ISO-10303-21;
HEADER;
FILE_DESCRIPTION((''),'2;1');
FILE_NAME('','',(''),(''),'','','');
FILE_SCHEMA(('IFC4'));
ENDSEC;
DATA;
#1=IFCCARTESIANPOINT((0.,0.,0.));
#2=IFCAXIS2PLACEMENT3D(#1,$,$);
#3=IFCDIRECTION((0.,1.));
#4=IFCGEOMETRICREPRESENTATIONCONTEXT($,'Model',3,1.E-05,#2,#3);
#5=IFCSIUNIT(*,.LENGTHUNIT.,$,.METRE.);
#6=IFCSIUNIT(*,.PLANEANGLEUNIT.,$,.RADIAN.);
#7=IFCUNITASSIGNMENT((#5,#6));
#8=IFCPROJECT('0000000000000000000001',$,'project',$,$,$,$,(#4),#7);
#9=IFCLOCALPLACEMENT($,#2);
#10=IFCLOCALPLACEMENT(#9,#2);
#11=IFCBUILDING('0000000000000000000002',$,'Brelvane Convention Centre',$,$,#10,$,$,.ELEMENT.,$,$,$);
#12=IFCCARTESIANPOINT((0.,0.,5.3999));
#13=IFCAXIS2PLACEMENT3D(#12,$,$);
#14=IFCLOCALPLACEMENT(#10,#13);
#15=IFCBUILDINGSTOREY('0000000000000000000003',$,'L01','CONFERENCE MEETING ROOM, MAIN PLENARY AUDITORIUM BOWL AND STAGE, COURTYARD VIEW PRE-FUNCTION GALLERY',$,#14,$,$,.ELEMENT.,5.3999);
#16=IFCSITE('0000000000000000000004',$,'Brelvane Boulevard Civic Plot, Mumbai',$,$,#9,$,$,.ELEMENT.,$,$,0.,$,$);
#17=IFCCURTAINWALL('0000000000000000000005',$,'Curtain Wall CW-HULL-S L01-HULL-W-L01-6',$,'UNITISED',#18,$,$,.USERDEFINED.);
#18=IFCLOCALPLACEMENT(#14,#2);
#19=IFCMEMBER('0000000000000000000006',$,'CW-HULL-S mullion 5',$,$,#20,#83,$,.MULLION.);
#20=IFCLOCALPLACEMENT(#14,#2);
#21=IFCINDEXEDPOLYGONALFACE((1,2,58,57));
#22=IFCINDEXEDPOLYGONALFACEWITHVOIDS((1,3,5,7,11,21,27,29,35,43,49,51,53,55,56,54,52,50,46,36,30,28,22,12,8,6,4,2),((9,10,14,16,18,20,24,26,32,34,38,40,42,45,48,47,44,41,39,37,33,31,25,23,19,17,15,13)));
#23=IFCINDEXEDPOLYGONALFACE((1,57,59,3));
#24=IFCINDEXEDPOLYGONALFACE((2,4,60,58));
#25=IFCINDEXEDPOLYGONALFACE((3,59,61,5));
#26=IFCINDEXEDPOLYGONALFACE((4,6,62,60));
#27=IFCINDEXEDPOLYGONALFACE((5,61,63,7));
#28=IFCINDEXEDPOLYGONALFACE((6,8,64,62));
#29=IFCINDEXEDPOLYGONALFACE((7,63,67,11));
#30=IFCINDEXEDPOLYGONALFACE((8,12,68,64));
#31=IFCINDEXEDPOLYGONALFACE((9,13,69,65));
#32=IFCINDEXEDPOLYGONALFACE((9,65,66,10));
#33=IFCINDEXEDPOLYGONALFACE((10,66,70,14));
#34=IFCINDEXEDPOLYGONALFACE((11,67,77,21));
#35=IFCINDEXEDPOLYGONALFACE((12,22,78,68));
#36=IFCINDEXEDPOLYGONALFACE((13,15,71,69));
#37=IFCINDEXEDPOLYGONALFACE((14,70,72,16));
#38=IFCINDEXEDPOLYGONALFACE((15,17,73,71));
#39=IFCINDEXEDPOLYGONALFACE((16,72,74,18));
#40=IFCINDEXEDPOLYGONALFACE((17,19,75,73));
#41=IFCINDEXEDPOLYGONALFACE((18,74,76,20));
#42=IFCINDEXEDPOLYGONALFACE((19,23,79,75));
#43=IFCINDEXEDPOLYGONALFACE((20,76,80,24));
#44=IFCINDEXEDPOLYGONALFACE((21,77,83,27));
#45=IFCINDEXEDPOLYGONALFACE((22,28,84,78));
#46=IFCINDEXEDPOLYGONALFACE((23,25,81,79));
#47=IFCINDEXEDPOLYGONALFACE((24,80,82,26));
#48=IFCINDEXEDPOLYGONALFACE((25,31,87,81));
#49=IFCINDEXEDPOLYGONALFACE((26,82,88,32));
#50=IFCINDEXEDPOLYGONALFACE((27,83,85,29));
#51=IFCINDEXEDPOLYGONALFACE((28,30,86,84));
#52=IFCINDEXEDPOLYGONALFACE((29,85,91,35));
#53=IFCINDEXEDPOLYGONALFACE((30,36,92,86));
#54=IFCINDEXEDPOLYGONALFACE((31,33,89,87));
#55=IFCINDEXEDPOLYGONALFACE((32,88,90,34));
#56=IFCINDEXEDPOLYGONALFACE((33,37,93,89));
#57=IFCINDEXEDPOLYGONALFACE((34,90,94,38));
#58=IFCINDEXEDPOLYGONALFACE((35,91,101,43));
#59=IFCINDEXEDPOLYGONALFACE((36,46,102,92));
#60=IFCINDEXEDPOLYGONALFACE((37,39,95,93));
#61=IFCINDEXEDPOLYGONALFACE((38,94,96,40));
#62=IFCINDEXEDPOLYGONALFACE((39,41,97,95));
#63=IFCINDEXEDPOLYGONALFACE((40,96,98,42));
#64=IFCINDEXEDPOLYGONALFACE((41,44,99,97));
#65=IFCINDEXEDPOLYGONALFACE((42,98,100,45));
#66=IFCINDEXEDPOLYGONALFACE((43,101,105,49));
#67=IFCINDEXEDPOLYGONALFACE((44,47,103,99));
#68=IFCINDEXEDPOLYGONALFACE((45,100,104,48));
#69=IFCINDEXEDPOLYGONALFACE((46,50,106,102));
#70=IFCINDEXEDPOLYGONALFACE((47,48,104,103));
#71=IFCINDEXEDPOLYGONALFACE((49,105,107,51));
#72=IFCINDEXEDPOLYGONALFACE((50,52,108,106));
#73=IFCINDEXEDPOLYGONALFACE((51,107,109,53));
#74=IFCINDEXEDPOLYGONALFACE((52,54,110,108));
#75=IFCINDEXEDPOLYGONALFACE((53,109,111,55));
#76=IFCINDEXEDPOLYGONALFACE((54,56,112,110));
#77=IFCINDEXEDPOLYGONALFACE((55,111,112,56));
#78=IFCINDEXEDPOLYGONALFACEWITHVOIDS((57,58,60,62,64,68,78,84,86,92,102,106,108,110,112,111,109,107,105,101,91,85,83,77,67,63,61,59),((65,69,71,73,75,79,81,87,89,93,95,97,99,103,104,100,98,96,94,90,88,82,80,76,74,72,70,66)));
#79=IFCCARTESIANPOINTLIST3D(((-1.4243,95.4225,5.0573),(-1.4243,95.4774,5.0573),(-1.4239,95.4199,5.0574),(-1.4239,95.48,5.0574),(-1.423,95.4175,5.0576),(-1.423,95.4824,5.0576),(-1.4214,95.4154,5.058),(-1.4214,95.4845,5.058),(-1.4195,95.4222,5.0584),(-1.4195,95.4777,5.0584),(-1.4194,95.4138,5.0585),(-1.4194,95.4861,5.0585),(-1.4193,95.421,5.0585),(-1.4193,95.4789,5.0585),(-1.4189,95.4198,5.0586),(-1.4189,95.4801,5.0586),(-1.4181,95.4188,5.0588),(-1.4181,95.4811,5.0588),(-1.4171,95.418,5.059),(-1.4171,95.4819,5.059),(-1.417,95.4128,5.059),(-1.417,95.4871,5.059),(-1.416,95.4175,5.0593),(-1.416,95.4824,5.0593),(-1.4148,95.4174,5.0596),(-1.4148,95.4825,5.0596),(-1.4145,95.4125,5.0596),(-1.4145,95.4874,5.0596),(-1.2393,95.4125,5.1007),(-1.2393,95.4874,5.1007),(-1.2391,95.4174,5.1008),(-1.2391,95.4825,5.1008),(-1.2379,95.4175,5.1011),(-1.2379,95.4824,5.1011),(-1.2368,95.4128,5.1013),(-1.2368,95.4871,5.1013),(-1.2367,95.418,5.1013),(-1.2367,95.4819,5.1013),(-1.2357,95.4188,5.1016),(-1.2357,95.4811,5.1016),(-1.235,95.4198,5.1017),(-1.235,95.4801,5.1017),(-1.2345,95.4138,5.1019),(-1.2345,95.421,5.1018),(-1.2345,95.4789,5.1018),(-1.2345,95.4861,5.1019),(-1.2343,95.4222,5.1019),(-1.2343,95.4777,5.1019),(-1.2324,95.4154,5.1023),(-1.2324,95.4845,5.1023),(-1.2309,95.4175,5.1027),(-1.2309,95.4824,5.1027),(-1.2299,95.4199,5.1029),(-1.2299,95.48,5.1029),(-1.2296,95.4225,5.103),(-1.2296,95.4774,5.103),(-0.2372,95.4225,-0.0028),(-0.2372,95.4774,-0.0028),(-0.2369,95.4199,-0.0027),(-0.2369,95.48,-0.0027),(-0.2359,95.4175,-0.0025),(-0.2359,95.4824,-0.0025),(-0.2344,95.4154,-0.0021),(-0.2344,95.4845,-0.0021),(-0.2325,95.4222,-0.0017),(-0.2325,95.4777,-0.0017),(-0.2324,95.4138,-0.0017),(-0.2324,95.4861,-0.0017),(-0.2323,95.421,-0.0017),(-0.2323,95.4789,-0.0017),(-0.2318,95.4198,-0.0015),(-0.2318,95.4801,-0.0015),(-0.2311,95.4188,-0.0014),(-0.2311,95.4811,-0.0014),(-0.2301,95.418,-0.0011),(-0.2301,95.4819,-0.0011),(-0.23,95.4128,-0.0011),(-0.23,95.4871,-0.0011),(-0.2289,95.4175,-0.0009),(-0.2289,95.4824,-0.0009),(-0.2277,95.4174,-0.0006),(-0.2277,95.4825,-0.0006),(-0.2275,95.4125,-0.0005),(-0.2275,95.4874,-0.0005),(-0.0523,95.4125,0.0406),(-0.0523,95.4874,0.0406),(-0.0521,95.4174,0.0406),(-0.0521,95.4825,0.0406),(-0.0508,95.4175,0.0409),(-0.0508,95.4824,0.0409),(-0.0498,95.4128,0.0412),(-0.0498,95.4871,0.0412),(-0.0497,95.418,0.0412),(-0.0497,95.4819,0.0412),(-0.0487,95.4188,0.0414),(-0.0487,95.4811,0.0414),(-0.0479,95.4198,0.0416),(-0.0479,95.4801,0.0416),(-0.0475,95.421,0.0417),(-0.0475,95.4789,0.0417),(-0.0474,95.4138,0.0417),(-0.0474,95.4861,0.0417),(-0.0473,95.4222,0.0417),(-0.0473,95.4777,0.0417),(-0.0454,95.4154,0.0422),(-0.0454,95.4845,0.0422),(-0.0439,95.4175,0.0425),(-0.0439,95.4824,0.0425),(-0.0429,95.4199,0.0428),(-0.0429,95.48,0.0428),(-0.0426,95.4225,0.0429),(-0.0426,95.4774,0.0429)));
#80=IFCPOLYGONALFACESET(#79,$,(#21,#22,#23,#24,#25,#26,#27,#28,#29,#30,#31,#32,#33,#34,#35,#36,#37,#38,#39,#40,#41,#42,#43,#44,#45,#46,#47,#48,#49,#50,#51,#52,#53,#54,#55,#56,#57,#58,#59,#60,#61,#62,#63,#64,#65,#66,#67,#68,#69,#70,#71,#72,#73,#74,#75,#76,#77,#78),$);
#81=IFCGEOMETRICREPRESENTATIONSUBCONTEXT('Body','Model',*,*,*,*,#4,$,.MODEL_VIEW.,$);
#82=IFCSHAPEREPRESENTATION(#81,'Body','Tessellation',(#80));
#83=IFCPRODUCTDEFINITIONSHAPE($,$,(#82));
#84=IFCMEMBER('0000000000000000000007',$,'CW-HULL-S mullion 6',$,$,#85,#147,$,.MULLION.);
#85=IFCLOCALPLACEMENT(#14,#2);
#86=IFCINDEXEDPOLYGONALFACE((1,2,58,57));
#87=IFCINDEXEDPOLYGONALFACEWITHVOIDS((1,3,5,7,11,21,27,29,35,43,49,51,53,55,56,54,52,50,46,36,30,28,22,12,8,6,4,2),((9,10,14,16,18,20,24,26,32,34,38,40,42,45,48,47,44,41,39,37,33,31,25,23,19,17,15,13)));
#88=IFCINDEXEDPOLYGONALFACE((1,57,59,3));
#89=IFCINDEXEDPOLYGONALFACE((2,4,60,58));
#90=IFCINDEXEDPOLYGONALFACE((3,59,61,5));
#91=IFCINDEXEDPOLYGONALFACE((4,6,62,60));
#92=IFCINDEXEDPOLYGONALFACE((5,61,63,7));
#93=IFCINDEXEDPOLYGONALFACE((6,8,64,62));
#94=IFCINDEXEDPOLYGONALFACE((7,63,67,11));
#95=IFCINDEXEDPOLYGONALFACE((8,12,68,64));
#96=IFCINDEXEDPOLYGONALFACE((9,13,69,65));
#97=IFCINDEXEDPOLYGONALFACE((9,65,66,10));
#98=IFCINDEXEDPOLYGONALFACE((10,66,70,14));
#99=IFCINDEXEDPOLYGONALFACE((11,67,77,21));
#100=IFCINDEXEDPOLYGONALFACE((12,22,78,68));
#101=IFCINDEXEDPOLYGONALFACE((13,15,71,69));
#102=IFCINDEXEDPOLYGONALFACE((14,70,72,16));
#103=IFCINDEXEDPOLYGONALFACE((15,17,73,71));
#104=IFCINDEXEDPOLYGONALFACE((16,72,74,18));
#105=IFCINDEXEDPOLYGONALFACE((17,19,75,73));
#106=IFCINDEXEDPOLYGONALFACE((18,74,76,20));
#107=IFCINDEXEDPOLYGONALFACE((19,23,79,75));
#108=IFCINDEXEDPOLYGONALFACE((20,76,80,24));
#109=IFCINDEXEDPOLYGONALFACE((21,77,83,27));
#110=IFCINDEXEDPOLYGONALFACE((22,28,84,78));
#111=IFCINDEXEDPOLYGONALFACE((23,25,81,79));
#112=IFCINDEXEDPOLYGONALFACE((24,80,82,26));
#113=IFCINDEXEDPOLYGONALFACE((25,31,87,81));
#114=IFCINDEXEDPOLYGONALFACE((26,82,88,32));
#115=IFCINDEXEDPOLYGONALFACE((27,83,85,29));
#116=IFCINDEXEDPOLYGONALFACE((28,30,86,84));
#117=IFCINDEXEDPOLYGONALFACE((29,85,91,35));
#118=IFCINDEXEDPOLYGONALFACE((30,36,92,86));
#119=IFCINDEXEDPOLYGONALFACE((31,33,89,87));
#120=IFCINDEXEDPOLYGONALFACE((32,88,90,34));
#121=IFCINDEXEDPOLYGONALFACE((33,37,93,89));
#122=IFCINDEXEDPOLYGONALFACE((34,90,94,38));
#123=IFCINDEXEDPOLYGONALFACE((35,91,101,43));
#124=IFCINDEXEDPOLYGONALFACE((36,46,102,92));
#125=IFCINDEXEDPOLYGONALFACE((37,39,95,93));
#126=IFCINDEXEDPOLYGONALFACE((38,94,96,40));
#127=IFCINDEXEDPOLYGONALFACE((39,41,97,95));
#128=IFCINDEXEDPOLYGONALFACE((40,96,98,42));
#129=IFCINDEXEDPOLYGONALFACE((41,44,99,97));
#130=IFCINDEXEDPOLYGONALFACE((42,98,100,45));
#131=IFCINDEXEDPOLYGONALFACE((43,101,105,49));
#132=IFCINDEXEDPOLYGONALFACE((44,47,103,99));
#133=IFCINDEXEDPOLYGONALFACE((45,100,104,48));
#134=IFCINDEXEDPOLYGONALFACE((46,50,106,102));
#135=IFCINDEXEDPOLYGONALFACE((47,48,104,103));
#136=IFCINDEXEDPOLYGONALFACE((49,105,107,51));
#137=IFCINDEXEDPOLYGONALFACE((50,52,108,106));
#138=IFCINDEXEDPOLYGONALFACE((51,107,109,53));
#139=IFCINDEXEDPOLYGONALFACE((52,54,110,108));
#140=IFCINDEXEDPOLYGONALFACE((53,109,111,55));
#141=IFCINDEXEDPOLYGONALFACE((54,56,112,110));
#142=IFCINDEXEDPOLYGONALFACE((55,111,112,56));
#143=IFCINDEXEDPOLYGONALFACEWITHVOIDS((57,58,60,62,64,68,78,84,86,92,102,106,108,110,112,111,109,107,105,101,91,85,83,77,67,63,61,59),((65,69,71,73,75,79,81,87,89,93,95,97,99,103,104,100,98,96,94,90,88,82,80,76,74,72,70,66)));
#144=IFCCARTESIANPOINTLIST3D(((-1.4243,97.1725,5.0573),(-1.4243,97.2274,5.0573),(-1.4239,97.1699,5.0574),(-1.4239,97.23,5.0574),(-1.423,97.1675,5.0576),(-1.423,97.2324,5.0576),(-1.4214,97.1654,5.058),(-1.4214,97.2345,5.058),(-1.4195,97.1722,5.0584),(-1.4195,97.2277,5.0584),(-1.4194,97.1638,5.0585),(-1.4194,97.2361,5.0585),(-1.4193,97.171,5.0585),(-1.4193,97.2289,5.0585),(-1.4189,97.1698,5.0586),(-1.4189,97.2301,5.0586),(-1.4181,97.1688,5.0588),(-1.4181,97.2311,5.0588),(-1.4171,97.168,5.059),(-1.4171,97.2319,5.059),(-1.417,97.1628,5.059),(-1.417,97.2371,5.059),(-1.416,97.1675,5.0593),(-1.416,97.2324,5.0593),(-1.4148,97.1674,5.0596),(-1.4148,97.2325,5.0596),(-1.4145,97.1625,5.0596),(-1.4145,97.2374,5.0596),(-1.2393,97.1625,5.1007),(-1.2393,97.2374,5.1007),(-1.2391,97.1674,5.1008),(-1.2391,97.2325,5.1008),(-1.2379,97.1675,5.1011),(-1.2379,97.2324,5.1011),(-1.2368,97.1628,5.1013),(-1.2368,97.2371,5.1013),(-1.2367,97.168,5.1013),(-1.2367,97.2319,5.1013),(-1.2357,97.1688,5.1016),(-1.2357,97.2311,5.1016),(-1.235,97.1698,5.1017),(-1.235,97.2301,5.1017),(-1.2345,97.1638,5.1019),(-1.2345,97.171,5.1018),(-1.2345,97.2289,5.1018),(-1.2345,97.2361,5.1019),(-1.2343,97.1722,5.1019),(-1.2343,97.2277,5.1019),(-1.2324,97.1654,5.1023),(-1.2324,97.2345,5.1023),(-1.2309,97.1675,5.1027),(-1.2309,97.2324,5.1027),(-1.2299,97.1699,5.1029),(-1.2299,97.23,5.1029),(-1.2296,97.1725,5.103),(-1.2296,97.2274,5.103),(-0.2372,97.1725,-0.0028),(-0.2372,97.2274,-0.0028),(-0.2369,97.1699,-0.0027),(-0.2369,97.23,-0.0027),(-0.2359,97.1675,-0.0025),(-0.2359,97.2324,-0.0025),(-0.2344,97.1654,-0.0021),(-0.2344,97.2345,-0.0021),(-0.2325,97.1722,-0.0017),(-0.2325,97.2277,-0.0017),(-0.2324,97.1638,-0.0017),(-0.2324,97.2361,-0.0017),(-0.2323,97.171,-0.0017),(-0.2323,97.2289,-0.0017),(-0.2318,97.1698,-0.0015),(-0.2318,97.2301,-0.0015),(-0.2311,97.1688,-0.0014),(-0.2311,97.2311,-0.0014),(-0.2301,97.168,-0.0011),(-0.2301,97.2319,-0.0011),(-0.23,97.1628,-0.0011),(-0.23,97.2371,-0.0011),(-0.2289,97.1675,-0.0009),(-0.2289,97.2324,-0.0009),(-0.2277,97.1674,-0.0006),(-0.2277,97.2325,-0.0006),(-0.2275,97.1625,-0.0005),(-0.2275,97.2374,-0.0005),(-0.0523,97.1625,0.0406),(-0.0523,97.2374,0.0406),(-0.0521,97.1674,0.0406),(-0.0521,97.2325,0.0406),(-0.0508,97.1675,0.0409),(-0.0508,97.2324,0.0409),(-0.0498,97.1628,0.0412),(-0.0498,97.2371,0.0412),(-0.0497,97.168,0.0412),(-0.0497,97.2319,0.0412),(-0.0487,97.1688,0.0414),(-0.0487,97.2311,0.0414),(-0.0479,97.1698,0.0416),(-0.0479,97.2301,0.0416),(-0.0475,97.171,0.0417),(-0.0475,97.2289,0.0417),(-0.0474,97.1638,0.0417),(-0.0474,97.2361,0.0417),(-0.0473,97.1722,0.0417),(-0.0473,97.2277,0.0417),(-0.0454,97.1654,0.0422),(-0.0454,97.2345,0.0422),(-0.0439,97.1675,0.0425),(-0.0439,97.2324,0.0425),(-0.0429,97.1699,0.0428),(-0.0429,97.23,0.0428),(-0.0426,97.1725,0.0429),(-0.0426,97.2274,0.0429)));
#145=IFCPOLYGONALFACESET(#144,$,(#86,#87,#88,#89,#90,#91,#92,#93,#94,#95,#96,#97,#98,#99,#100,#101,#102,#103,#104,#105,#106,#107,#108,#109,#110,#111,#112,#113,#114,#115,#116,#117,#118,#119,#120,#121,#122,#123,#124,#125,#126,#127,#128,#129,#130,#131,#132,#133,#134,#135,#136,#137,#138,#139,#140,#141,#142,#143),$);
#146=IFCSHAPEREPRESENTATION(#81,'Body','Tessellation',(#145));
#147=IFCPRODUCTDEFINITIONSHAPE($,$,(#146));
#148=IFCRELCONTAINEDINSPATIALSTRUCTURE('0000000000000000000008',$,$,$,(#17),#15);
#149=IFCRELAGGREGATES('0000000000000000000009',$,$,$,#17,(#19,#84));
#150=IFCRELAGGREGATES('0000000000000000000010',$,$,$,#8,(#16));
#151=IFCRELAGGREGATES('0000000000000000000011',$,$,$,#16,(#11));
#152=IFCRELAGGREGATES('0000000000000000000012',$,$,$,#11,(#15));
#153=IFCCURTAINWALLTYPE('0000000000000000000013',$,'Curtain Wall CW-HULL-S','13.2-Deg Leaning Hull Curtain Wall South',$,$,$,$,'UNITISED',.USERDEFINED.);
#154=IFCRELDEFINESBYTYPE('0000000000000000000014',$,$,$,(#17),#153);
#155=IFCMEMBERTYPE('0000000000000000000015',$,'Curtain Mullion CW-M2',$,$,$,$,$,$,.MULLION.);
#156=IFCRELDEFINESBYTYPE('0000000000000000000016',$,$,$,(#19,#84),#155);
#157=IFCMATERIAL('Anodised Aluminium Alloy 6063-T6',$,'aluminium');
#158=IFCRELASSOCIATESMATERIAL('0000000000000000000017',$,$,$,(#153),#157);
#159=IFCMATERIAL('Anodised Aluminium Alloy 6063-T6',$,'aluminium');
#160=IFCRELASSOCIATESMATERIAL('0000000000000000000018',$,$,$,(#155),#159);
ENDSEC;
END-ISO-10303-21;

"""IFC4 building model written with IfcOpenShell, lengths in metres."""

from ifc_helpers import new_model, si_unit, direction, frame, origin, origin_2d, place, context, subcontext, project, spatial, hollow_rectangle, extrude, material, material_profile, profile_set, type_object, element, aggregate, save


model = new_model("IFC4")

# Units and contexts
model_context = context("Model", 3, precision=1e-05, world=origin(), true_north=direction((0.0, 1.0)))
body_context = subcontext(model_context, "Body", "Model", "MODEL_VIEW")
ifc_project = project(units=[si_unit("LENGTHUNIT", "METRE"), si_unit("PLANEANGLEUNIT", "RADIAN")], contexts=[model_context])

# Site, building, storey
site_placement = place(None, origin())
site = spatial("IfcSite", under=ifc_project, at=site_placement, Name="Brelvane Boulevard Civic Plot, Mumbai", CompositionType="ELEMENT", RefElevation=0.0)
building_placement = place(site_placement, origin())
building = spatial("IfcBuilding", under=site, at=building_placement, Name="Brelvane Convention Centre", CompositionType="ELEMENT")
storey_placement = place(building_placement, frame((0.0, 0.0, 5.3999)))
storey = spatial("IfcBuildingStorey", under=building, at=storey_placement, Name="L01", Description="CONFERENCE MEETING ROOM, MAIN PLENARY AUDITORIUM BOWL AND STAGE, COURTYARD VIEW PRE-FUNCTION GALLERY", CompositionType="ELEMENT", Elevation=5.3999)

# Curtain wall, members
ifc_material_1 = material(Name="Anodised Aluminium Alloy 6063-T6", Category="aluminium")
curtain_wall_type = type_object("IfcCurtainWallType", Name="Curtain Wall CW-HULL-S", Description="13.2-Deg Leaning Hull Curtain Wall South", ElementType="UNITISED", PredefinedType="USERDEFINED", material=ifc_material_1)
curtain_wall_placement = place(storey_placement, origin())
curtain_wall = element("IfcCurtainWall", 1, at=curtain_wall_placement, inside=storey, type_object=curtain_wall_type, Name="Curtain Wall CW-HULL-S L01-HULL-W-L01-6", ObjectType="UNITISED", PredefinedType="USERDEFINED")
ifc_material_2 = material(Name="Anodised Aluminium Alloy 6063-T6", Category="aluminium")
ifc_material_profile_1 = material_profile(ifc_material_2, hollow_rectangle(XDim=0.075, YDim=0.2, WallThickness=0.0049, InnerFilletRadius=0.0049, OuterFilletRadius=0.01, at=origin_2d()), Name="ALU-M 200x75x5.0")
ifc_profile_set_1 = profile_set([ifc_material_profile_1], Name="Anodised Aluminium Alloy 6063-T6")
member_type_1 = type_object("IfcMemberType", Name="Curtain Mullion CW-M2", PredefinedType="MULLION", material=ifc_profile_set_1)
member_1_placement = place(storey_placement, frame((-0.1399, 95.45, 0.02), z_axis=(-0.228385, 0.0, 0.973571), x_axis=(0.0, -1.0, 0.0)))
member_1 = element("IfcMember", 2, at=member_1_placement, type_object=member_type_1, Name="CW-HULL-S mullion 5", PredefinedType="MULLION", context=body_context, shape_type="SweptSolid", body=[
    extrude(hollow_rectangle(XDim=0.075, YDim=0.2, WallThickness=0.0049, InnerFilletRadius=0.0049, OuterFilletRadius=0.01, at=origin_2d()), origin(), (0.0, 0.0, 1.0), 5.1975),
])
member_2_placement = place(storey_placement, frame((-0.1399, 97.2, 0.02), z_axis=(-0.228385, 0.0, 0.973571), x_axis=(0.0, -1.0, 0.0)))
member_2 = element("IfcMember", 3, at=member_2_placement, type_object=member_type_1, Name="CW-HULL-S mullion 6", PredefinedType="MULLION", context=body_context, shape_type="SweptSolid", body=[
    extrude(hollow_rectangle(XDim=0.075, YDim=0.2, WallThickness=0.0049, InnerFilletRadius=0.0049, OuterFilletRadius=0.01, at=origin_2d()), origin(), (0.0, 0.0, 1.0), 5.1975),
])

aggregate(curtain_wall, [member_1, member_2])

save(model, "model.ifc")
